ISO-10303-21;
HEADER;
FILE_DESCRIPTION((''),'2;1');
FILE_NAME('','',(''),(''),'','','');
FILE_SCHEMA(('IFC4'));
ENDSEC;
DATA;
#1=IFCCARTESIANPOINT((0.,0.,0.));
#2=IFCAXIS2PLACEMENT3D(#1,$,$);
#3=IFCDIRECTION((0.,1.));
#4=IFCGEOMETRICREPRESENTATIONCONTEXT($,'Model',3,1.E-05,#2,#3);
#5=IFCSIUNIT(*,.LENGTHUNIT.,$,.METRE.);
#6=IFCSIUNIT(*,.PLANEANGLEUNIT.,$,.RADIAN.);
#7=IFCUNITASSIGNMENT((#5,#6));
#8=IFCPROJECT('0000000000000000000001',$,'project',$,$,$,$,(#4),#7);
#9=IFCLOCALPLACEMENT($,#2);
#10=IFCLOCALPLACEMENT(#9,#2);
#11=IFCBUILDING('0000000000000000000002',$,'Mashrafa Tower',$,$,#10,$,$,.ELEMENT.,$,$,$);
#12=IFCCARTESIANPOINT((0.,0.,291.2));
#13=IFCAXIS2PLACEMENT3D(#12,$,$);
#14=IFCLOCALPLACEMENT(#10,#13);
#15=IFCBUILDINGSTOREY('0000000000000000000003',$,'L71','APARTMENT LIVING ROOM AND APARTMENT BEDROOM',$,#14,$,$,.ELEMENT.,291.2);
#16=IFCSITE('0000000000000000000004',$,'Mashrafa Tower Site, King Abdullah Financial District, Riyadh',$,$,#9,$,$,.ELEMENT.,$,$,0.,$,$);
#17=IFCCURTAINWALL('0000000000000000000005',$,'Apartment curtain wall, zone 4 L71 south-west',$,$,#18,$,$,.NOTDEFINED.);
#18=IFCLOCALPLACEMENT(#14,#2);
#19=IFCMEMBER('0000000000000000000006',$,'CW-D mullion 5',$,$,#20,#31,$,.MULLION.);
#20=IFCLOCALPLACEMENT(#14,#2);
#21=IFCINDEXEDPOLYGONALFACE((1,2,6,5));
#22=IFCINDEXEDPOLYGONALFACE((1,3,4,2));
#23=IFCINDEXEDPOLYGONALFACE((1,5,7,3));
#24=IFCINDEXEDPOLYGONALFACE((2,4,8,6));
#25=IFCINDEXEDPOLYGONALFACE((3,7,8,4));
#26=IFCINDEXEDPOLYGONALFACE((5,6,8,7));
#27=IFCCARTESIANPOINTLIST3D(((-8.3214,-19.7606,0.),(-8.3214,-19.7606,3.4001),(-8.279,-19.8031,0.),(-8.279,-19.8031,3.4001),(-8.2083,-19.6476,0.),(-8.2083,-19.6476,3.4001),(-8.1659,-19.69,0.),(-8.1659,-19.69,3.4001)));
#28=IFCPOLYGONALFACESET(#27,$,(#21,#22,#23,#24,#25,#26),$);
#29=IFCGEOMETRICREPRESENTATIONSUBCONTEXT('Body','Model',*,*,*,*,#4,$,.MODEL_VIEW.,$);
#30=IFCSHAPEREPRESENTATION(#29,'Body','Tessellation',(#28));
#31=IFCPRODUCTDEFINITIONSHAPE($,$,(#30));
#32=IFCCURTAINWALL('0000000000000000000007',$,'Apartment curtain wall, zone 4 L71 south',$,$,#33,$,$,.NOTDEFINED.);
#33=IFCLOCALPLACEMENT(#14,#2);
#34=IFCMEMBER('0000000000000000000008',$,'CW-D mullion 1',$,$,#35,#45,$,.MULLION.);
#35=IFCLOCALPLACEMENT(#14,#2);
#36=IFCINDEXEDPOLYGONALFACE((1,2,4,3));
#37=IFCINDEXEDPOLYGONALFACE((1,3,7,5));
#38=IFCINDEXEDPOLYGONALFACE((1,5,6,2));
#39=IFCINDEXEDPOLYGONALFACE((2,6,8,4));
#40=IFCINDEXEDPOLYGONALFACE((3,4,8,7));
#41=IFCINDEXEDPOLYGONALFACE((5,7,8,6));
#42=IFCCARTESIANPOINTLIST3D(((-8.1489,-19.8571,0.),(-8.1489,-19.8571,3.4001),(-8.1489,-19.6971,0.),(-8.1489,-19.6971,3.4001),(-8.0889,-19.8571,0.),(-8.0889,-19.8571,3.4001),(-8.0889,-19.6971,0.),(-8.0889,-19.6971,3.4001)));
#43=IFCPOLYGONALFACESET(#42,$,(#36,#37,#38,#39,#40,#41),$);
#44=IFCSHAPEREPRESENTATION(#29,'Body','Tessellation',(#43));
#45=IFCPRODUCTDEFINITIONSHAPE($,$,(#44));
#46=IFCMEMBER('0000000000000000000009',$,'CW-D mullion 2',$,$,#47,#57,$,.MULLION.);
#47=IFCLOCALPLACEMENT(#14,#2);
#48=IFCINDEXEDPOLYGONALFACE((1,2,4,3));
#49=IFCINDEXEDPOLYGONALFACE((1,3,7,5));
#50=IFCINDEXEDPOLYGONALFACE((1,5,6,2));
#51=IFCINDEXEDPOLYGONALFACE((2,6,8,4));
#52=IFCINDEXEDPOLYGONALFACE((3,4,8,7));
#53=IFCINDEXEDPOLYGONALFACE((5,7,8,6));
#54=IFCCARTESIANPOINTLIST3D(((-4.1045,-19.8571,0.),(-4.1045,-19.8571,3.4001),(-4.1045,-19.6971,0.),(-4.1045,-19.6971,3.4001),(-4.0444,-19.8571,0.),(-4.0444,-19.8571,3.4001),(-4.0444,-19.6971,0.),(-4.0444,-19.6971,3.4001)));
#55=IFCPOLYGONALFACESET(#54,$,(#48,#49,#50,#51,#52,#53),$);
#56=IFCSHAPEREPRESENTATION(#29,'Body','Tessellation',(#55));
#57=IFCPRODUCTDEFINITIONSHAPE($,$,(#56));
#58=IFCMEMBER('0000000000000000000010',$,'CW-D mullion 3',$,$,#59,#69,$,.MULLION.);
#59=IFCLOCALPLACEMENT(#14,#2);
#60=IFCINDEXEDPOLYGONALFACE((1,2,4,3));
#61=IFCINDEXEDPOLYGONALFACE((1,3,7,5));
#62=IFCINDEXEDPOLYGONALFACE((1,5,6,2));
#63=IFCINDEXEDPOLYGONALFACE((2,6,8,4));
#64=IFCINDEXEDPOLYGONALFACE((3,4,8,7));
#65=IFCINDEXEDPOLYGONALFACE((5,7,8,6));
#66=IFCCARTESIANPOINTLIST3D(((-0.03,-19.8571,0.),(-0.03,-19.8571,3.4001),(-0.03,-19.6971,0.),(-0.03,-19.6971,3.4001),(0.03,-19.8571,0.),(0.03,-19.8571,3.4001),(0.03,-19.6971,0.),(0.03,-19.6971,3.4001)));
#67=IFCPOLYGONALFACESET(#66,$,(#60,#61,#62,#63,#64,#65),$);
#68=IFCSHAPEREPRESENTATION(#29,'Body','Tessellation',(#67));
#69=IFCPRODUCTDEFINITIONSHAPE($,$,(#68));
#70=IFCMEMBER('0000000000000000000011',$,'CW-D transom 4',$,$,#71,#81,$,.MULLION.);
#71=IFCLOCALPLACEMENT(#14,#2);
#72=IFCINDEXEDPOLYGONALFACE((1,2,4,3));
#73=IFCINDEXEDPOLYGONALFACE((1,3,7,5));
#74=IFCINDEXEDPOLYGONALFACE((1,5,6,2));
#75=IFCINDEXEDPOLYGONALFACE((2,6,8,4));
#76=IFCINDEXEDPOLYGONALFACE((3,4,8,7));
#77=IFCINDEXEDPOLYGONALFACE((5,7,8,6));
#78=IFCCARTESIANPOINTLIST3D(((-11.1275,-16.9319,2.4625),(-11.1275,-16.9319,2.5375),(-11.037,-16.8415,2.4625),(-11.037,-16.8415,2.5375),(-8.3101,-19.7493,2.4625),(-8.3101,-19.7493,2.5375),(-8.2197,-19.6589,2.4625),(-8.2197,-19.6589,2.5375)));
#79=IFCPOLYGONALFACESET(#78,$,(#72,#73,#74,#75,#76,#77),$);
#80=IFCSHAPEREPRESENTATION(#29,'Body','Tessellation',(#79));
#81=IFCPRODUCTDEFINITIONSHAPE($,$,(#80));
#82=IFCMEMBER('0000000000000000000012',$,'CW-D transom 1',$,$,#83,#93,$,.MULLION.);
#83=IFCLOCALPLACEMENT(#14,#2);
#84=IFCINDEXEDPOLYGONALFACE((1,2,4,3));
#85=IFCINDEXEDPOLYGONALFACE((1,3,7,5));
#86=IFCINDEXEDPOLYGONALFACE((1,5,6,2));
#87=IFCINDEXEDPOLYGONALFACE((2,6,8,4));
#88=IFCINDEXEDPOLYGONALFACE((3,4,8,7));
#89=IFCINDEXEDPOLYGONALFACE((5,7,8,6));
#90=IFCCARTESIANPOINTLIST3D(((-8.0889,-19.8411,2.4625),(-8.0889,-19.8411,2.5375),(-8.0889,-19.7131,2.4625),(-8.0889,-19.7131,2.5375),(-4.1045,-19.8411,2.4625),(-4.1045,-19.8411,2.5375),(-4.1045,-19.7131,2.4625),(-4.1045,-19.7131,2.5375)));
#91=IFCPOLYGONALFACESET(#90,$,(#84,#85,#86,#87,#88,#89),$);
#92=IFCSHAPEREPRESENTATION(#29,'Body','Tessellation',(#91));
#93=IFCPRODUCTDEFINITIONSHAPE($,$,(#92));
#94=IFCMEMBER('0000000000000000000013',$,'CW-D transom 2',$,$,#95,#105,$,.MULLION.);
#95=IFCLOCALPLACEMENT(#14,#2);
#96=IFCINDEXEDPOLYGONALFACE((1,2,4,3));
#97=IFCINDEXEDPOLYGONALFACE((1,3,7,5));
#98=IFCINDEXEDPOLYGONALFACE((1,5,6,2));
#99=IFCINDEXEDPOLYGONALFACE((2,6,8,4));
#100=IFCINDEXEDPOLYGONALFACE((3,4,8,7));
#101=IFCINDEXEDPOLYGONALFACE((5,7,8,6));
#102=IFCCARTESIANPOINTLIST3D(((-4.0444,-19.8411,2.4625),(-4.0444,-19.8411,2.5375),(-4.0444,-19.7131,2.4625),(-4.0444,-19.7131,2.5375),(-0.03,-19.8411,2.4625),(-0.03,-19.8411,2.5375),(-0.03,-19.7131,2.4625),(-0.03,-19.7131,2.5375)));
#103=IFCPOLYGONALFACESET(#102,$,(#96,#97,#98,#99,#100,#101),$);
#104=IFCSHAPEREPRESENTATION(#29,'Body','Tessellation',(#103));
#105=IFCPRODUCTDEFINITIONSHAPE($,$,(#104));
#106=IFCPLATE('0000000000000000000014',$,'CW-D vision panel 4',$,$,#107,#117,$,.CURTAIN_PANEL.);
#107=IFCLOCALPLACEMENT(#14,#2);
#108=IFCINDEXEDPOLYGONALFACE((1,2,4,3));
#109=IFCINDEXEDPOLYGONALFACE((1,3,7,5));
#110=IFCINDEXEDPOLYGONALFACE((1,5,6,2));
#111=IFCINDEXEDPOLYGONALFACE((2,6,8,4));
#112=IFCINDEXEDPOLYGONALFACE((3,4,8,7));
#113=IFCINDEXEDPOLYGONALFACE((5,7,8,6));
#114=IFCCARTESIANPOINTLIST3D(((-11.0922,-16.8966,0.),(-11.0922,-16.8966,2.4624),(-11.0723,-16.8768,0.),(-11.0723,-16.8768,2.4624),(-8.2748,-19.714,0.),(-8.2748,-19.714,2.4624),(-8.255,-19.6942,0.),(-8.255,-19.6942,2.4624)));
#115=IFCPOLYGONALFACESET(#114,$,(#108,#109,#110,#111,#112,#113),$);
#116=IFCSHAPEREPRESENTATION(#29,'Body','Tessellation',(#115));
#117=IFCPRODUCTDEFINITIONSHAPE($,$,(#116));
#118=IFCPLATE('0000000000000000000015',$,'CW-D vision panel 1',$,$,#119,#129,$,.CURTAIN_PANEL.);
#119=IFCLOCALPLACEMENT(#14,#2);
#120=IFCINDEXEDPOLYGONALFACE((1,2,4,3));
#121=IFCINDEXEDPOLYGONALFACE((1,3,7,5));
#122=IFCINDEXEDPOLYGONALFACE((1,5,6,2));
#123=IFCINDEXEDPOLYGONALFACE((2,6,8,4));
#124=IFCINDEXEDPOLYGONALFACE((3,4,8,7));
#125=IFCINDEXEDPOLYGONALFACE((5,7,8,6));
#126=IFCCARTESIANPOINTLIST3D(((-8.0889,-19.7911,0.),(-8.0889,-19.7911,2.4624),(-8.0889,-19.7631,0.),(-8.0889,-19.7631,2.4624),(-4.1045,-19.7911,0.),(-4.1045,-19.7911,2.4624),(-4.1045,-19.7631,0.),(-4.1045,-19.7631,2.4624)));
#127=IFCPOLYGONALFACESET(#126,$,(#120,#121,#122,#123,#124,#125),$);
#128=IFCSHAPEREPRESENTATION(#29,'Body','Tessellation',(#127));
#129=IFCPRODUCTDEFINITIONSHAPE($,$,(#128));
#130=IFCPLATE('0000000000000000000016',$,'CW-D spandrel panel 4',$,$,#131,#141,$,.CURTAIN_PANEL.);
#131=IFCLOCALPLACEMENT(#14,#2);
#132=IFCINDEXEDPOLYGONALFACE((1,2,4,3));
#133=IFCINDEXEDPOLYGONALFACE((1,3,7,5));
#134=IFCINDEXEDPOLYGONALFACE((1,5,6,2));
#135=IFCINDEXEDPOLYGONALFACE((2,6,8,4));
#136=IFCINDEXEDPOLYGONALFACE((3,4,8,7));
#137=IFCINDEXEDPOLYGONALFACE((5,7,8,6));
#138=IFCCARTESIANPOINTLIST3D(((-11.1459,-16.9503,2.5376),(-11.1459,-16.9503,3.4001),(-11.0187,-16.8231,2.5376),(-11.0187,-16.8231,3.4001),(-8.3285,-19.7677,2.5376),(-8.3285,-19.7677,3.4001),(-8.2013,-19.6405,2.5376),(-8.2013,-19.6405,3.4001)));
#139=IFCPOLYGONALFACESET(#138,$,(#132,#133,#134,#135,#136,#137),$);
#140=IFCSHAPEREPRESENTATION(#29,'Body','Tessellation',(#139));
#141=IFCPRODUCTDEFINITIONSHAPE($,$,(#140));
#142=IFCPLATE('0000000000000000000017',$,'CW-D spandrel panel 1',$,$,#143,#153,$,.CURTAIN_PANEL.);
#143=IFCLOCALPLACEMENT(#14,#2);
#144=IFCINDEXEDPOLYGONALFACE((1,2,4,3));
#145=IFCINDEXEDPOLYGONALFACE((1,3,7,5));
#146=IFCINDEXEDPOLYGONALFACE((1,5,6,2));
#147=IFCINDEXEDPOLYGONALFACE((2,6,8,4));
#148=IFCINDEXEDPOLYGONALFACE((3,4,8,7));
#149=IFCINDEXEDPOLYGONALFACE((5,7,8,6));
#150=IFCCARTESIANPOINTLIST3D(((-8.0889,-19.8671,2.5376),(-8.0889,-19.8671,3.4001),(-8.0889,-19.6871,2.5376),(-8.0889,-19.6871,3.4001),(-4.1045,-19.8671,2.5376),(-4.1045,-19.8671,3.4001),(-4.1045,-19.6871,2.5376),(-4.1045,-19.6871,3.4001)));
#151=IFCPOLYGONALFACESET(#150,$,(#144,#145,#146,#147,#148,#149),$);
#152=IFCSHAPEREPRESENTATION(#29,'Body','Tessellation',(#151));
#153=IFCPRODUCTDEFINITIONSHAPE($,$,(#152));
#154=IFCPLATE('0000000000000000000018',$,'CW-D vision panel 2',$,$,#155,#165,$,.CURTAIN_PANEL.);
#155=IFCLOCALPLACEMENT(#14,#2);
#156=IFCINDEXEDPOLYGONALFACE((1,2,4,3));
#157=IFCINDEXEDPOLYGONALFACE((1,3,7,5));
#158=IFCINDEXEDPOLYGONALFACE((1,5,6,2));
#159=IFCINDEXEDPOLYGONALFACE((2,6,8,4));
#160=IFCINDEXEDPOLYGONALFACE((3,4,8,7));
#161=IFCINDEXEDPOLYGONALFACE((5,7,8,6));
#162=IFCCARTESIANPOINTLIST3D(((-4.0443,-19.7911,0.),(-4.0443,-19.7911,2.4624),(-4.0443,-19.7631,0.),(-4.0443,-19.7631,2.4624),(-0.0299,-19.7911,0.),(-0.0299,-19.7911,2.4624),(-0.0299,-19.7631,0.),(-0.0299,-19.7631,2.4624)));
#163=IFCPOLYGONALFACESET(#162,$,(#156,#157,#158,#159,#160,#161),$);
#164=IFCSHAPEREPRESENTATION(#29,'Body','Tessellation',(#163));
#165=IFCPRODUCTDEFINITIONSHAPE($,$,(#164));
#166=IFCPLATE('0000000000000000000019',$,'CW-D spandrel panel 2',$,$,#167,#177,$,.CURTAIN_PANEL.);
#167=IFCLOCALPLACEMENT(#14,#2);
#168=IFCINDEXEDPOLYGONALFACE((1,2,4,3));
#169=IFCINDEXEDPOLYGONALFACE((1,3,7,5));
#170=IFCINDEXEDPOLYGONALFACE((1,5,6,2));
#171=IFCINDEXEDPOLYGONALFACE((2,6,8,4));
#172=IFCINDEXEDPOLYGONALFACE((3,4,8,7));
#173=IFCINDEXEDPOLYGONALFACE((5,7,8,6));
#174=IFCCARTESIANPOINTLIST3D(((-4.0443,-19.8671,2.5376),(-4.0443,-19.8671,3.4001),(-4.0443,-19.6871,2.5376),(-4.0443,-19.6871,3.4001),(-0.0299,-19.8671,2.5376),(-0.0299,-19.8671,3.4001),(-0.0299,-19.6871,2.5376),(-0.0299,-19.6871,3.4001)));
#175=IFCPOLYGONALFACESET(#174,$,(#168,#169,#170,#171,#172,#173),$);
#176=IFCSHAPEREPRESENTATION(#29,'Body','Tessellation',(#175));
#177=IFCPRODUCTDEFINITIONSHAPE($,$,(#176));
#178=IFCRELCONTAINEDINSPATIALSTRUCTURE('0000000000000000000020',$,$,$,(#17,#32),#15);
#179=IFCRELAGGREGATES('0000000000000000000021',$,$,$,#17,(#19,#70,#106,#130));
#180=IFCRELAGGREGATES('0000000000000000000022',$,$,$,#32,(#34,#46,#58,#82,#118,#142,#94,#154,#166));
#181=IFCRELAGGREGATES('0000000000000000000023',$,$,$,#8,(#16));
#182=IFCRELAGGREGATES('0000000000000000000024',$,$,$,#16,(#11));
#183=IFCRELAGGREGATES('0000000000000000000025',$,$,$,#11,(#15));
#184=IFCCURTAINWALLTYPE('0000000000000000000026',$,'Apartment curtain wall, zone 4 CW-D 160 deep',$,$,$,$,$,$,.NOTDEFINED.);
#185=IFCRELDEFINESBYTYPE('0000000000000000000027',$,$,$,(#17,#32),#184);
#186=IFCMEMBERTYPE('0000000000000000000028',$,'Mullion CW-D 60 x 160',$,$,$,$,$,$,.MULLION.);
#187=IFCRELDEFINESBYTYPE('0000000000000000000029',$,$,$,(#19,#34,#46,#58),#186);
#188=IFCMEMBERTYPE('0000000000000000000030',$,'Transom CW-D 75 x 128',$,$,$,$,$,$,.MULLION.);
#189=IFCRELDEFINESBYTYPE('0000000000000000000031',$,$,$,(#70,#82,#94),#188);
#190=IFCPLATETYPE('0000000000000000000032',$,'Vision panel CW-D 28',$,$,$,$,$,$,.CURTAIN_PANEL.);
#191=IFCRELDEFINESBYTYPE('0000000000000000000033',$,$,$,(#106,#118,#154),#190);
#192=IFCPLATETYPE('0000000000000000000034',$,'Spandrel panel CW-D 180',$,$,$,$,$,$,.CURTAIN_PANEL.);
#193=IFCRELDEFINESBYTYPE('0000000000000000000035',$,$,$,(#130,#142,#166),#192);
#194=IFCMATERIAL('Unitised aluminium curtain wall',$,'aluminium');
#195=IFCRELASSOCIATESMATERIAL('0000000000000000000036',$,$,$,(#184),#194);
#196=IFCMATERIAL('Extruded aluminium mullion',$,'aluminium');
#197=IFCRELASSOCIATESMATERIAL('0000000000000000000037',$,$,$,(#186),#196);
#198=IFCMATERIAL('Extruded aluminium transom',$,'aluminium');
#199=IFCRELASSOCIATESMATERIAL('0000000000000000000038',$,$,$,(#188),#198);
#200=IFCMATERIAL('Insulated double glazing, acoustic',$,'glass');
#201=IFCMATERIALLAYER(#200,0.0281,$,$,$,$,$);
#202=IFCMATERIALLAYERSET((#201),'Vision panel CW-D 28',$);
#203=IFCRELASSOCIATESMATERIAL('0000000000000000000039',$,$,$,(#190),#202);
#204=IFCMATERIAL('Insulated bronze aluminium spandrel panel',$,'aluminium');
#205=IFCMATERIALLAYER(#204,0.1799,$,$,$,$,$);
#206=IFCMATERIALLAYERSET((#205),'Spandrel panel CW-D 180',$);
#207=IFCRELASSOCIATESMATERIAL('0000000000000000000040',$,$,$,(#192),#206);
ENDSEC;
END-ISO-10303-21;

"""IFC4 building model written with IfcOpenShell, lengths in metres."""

from ifc_helpers import new_model, si_unit, direction, frame, origin, origin_2d, place, context, subcontext, project, spatial, rectangle, extrude, source, transform, mapped, material, layer, layer_set, material_profile, profile_set, type_object, type_shapes, element, aggregate, save


model = new_model("IFC4")

# Units and contexts
model_context = context("Model", 3, precision=1e-05, world=origin(), true_north=direction((0.0, 1.0)))
body_context = subcontext(model_context, "Body", "Model", "MODEL_VIEW")
ifc_project = project(units=[si_unit("LENGTHUNIT", "METRE"), si_unit("PLANEANGLEUNIT", "RADIAN")], contexts=[model_context])

# Site, building, storey
site_placement = place(None, origin())
site = spatial("IfcSite", under=ifc_project, at=site_placement, Name="Mashrafa Tower Site, King Abdullah Financial District, Riyadh", CompositionType="ELEMENT", RefElevation=0.0)
building_placement = place(site_placement, origin())
building = spatial("IfcBuilding", under=site, at=building_placement, Name="Mashrafa Tower", CompositionType="ELEMENT")
storey_placement = place(building_placement, frame((0.0, 0.0, 291.2)))
storey = spatial("IfcBuildingStorey", under=building, at=storey_placement, Name="L71", Description="APARTMENT LIVING ROOM AND APARTMENT BEDROOM", CompositionType="ELEMENT", Elevation=291.2)

# Curtain wall, member
ifc_material_1 = material(Name="Unitised aluminium curtain wall", Category="aluminium")
curtain_wall_type = type_object("IfcCurtainWallType", Name="Apartment curtain wall, zone 4 CW-D 160 deep", PredefinedType="NOTDEFINED", material=ifc_material_1)
curtain_wall_1_placement = place(storey_placement, origin())
curtain_wall_1 = element("IfcCurtainWall", 1, at=curtain_wall_1_placement, inside=storey, type_object=curtain_wall_type, Name="Apartment curtain wall, zone 4 L71 south-west", PredefinedType="NOTDEFINED")
ifc_material_2 = material(Name="Extruded aluminium mullion", Category="aluminium")
ifc_material_profile_1 = material_profile(ifc_material_2, rectangle(XDim=0.1599, YDim=0.0601, at=origin_2d()), Name="Mullion 60x160")
ifc_profile_set_1 = profile_set([ifc_material_profile_1], Name="Extruded aluminium mullion")
member_type_1 = type_object("IfcMemberType", Name="Mullion CW-D 60 x 160", PredefinedType="MULLION", material=ifc_profile_set_1)
shared_shape_1 = source(origin(), body_context, "Body", "SweptSolid", [
    extrude(rectangle(XDim=0.1599, YDim=0.0601, at=origin_2d()), origin(), (0.0, 0.0, 1.0), 3.4001),
])
type_shapes(member_type_1, [shared_shape_1])
member_1_placement = place(storey_placement, frame((-8.2437, -19.7253, 0.0), z_axis=(0.0, 0.0, 1.0), x_axis=(0.707107, 0.707107, 0.0)))
member_1 = element("IfcMember", 2, at=member_1_placement, type_object=member_type_1, Name="CW-D mullion 5", PredefinedType="MULLION", context=body_context, shape_type="MappedRepresentation", body=[
    mapped(shared_shape_1, transform((0.0, 0.0, 0.0))),
])

# Curtain wall, members
curtain_wall_2_placement = place(storey_placement, origin())
curtain_wall_2 = element("IfcCurtainWall", 3, at=curtain_wall_2_placement, inside=storey, type_object=curtain_wall_type, Name="Apartment curtain wall, zone 4 L71 south", PredefinedType="NOTDEFINED")
member_2_placement = place(storey_placement, frame((-8.1189, -19.7771, 0.0), z_axis=(0.0, 0.0, 1.0), x_axis=(0.0, 1.0, 0.0)))
member_2 = element("IfcMember", 4, at=member_2_placement, type_object=member_type_1, Name="CW-D mullion 1", PredefinedType="MULLION", context=body_context, shape_type="MappedRepresentation", body=[
    mapped(shared_shape_1, transform((0.0, 0.0, 0.0))),
])
member_3_placement = place(storey_placement, frame((-4.0745, -19.7771, 0.0), z_axis=(0.0, 0.0, 1.0), x_axis=(0.0, 1.0, 0.0)))
member_3 = element("IfcMember", 5, at=member_3_placement, type_object=member_type_1, Name="CW-D mullion 2", PredefinedType="MULLION", context=body_context, shape_type="MappedRepresentation", body=[
    mapped(shared_shape_1, transform((0.0, 0.0, 0.0))),
])
member_4_placement = place(storey_placement, frame((0.0, -19.7771, 0.0), z_axis=(0.0, 0.0, 1.0), x_axis=(0.0, 1.0, 0.0)))
member_4 = element("IfcMember", 6, at=member_4_placement, type_object=member_type_1, Name="CW-D mullion 3", PredefinedType="MULLION", context=body_context, shape_type="MappedRepresentation", body=[
    mapped(shared_shape_1, transform((0.0, 0.0, 0.0))),
])

# Members
ifc_material_3 = material(Name="Extruded aluminium transom", Category="aluminium")
ifc_material_profile_2 = material_profile(ifc_material_3, rectangle(XDim=0.1279, YDim=0.075, at=origin_2d()), Name="Transom 75x128")
ifc_profile_set_2 = profile_set([ifc_material_profile_2], Name="Extruded aluminium transom")
member_type_2 = type_object("IfcMemberType", Name="Transom CW-D 75 x 128", PredefinedType="MULLION", material=ifc_profile_set_2)
shared_shape_2 = source(origin(), body_context, "Body", "SweptSolid", [
    extrude(rectangle(XDim=0.1279, YDim=0.075, at=origin_2d()), origin(), (0.0, 0.0, 1.0), 3.9844),
])
member_5_placement = place(storey_placement, frame((-11.0823, -16.8867, 2.5), z_axis=(0.707107, -0.707107, 0.0), x_axis=(0.707107, 0.707107, 0.0)))
member_5 = element("IfcMember", 7, at=member_5_placement, type_object=member_type_2, Name="CW-D transom 4", PredefinedType="MULLION", context=body_context, shape_type="MappedRepresentation", body=[
    mapped(shared_shape_2, transform((0.0, 0.0, 0.0))),
])
member_6_placement = place(storey_placement, frame((-8.0889, -19.7771, 2.5), z_axis=(1.0, 0.0, 0.0), x_axis=(0.0, 1.0, 0.0)))
member_6 = element("IfcMember", 8, at=member_6_placement, type_object=member_type_2, Name="CW-D transom 1", PredefinedType="MULLION", context=body_context, shape_type="MappedRepresentation", body=[
    mapped(shared_shape_2, transform((0.0, 0.0, 0.0))),
])
shared_shape_3 = source(origin(), body_context, "Body", "SweptSolid", [
    extrude(rectangle(XDim=0.1279, YDim=0.075, at=origin_2d()), origin(), (0.0, 0.0, 1.0), 4.0144),
])
type_shapes(member_type_2, [shared_shape_2, shared_shape_3])
member_7_placement = place(storey_placement, frame((-4.0444, -19.7771, 2.5), z_axis=(1.0, 0.0, 0.0), x_axis=(0.0, 1.0, 0.0)))
member_7 = element("IfcMember", 9, at=member_7_placement, type_object=member_type_2, Name="CW-D transom 2", PredefinedType="MULLION", context=body_context, shape_type="MappedRepresentation", body=[
    mapped(shared_shape_3, transform((0.0, 0.0, 0.0))),
])

# Plates
ifc_material_4 = material(Name="Insulated double glazing, acoustic", Category="glass")
ifc_layer_1 = layer(ifc_material_4, 0.0281)
ifc_layer_set_1 = layer_set([ifc_layer_1], Name="Vision panel CW-D 28")
plate_type_1 = type_object("IfcPlateType", Name="Vision panel CW-D 28", PredefinedType="CURTAIN_PANEL", material=ifc_layer_set_1)
shared_shape_4 = source(origin(), body_context, "Body", "SweptSolid", [
    extrude(rectangle(XDim=3.9844, YDim=0.0281, at=origin_2d()), origin(), (0.0, 0.0, 1.0), 2.4624),
])
plate_1_placement = place(storey_placement, frame((-9.6736, -18.2954, 0.0), z_axis=(0.0, 0.0, 1.0), x_axis=(0.707107, -0.707107, 0.0)))
plate_1 = element("IfcPlate", 10, at=plate_1_placement, type_object=plate_type_1, Name="CW-D vision panel 4", PredefinedType="CURTAIN_PANEL", context=body_context, shape_type="MappedRepresentation", body=[
    mapped(shared_shape_4, transform((0.0, 0.0, 0.0))),
])
plate_2_placement = place(storey_placement, frame((-6.0967, -19.7771, 0.0), z_axis=(0.0, 0.0, 1.0), x_axis=(1.0, 0.0, 0.0)))
plate_2 = element("IfcPlate", 11, at=plate_2_placement, type_object=plate_type_1, Name="CW-D vision panel 1", PredefinedType="CURTAIN_PANEL", context=body_context, shape_type="MappedRepresentation", body=[
    mapped(shared_shape_4, transform((0.0, 0.0, 0.0))),
])
ifc_material_5 = material(Name="Insulated bronze aluminium spandrel panel", Category="aluminium")
ifc_layer_2 = layer(ifc_material_5, 0.1799)
ifc_layer_set_2 = layer_set([ifc_layer_2], Name="Spandrel panel CW-D 180")
plate_type_2 = type_object("IfcPlateType", Name="Spandrel panel CW-D 180", PredefinedType="CURTAIN_PANEL", material=ifc_layer_set_2)
shared_shape_5 = source(origin(), body_context, "Body", "SweptSolid", [
    extrude(rectangle(XDim=3.9844, YDim=0.1799, at=origin_2d()), origin(), (0.0, 0.0, 1.0), 0.8625),
])
plate_3_placement = place(storey_placement, frame((-9.6736, -18.2954, 2.5376), z_axis=(0.0, 0.0, 1.0), x_axis=(0.707107, -0.707107, 0.0)))
plate_3 = element("IfcPlate", 12, at=plate_3_placement, type_object=plate_type_2, Name="CW-D spandrel panel 4", PredefinedType="CURTAIN_PANEL", context=body_context, shape_type="MappedRepresentation", body=[
    mapped(shared_shape_5, transform((0.0, 0.0, 0.0))),
])
aggregate(curtain_wall_1, [member_1, member_5, plate_1, plate_3])
plate_4_placement = place(storey_placement, frame((-6.0967, -19.7771, 2.5376), z_axis=(0.0, 0.0, 1.0), x_axis=(1.0, 0.0, 0.0)))
plate_4 = element("IfcPlate", 13, at=plate_4_placement, type_object=plate_type_2, Name="CW-D spandrel panel 1", PredefinedType="CURTAIN_PANEL", context=body_context, shape_type="MappedRepresentation", body=[
    mapped(shared_shape_5, transform((0.0, 0.0, 0.0))),
])
shared_shape_6 = source(origin(), body_context, "Body", "SweptSolid", [
    extrude(rectangle(XDim=4.0144, YDim=0.0281, at=origin_2d()), origin(), (0.0, 0.0, 1.0), 2.4624),
])
type_shapes(plate_type_1, [shared_shape_4, shared_shape_6])
plate_5_placement = place(storey_placement, frame((-2.0371, -19.7771, 0.0), z_axis=(0.0, 0.0, 1.0), x_axis=(1.0, 0.0, 0.0)))
plate_5 = element("IfcPlate", 14, at=plate_5_placement, type_object=plate_type_1, Name="CW-D vision panel 2", PredefinedType="CURTAIN_PANEL", context=body_context, shape_type="MappedRepresentation", body=[
    mapped(shared_shape_6, transform((0.0, 0.0, 0.0))),
])
shared_shape_7 = source(origin(), body_context, "Body", "SweptSolid", [
    extrude(rectangle(XDim=4.0144, YDim=0.1799, at=origin_2d()), origin(), (0.0, 0.0, 1.0), 0.8625),
])
type_shapes(plate_type_2, [shared_shape_5, shared_shape_7])
plate_6_placement = place(storey_placement, frame((-2.0371, -19.7771, 2.5376), z_axis=(0.0, 0.0, 1.0), x_axis=(1.0, 0.0, 0.0)))
plate_6 = element("IfcPlate", 15, at=plate_6_placement, type_object=plate_type_2, Name="CW-D spandrel panel 2", PredefinedType="CURTAIN_PANEL", context=body_context, shape_type="MappedRepresentation", body=[
    mapped(shared_shape_7, transform((0.0, 0.0, 0.0))),
])
aggregate(curtain_wall_2, [member_2, member_3, member_4, member_6, plate_2, plate_4, member_7, plate_5, plate_6])

save(model, "model.ifc")
